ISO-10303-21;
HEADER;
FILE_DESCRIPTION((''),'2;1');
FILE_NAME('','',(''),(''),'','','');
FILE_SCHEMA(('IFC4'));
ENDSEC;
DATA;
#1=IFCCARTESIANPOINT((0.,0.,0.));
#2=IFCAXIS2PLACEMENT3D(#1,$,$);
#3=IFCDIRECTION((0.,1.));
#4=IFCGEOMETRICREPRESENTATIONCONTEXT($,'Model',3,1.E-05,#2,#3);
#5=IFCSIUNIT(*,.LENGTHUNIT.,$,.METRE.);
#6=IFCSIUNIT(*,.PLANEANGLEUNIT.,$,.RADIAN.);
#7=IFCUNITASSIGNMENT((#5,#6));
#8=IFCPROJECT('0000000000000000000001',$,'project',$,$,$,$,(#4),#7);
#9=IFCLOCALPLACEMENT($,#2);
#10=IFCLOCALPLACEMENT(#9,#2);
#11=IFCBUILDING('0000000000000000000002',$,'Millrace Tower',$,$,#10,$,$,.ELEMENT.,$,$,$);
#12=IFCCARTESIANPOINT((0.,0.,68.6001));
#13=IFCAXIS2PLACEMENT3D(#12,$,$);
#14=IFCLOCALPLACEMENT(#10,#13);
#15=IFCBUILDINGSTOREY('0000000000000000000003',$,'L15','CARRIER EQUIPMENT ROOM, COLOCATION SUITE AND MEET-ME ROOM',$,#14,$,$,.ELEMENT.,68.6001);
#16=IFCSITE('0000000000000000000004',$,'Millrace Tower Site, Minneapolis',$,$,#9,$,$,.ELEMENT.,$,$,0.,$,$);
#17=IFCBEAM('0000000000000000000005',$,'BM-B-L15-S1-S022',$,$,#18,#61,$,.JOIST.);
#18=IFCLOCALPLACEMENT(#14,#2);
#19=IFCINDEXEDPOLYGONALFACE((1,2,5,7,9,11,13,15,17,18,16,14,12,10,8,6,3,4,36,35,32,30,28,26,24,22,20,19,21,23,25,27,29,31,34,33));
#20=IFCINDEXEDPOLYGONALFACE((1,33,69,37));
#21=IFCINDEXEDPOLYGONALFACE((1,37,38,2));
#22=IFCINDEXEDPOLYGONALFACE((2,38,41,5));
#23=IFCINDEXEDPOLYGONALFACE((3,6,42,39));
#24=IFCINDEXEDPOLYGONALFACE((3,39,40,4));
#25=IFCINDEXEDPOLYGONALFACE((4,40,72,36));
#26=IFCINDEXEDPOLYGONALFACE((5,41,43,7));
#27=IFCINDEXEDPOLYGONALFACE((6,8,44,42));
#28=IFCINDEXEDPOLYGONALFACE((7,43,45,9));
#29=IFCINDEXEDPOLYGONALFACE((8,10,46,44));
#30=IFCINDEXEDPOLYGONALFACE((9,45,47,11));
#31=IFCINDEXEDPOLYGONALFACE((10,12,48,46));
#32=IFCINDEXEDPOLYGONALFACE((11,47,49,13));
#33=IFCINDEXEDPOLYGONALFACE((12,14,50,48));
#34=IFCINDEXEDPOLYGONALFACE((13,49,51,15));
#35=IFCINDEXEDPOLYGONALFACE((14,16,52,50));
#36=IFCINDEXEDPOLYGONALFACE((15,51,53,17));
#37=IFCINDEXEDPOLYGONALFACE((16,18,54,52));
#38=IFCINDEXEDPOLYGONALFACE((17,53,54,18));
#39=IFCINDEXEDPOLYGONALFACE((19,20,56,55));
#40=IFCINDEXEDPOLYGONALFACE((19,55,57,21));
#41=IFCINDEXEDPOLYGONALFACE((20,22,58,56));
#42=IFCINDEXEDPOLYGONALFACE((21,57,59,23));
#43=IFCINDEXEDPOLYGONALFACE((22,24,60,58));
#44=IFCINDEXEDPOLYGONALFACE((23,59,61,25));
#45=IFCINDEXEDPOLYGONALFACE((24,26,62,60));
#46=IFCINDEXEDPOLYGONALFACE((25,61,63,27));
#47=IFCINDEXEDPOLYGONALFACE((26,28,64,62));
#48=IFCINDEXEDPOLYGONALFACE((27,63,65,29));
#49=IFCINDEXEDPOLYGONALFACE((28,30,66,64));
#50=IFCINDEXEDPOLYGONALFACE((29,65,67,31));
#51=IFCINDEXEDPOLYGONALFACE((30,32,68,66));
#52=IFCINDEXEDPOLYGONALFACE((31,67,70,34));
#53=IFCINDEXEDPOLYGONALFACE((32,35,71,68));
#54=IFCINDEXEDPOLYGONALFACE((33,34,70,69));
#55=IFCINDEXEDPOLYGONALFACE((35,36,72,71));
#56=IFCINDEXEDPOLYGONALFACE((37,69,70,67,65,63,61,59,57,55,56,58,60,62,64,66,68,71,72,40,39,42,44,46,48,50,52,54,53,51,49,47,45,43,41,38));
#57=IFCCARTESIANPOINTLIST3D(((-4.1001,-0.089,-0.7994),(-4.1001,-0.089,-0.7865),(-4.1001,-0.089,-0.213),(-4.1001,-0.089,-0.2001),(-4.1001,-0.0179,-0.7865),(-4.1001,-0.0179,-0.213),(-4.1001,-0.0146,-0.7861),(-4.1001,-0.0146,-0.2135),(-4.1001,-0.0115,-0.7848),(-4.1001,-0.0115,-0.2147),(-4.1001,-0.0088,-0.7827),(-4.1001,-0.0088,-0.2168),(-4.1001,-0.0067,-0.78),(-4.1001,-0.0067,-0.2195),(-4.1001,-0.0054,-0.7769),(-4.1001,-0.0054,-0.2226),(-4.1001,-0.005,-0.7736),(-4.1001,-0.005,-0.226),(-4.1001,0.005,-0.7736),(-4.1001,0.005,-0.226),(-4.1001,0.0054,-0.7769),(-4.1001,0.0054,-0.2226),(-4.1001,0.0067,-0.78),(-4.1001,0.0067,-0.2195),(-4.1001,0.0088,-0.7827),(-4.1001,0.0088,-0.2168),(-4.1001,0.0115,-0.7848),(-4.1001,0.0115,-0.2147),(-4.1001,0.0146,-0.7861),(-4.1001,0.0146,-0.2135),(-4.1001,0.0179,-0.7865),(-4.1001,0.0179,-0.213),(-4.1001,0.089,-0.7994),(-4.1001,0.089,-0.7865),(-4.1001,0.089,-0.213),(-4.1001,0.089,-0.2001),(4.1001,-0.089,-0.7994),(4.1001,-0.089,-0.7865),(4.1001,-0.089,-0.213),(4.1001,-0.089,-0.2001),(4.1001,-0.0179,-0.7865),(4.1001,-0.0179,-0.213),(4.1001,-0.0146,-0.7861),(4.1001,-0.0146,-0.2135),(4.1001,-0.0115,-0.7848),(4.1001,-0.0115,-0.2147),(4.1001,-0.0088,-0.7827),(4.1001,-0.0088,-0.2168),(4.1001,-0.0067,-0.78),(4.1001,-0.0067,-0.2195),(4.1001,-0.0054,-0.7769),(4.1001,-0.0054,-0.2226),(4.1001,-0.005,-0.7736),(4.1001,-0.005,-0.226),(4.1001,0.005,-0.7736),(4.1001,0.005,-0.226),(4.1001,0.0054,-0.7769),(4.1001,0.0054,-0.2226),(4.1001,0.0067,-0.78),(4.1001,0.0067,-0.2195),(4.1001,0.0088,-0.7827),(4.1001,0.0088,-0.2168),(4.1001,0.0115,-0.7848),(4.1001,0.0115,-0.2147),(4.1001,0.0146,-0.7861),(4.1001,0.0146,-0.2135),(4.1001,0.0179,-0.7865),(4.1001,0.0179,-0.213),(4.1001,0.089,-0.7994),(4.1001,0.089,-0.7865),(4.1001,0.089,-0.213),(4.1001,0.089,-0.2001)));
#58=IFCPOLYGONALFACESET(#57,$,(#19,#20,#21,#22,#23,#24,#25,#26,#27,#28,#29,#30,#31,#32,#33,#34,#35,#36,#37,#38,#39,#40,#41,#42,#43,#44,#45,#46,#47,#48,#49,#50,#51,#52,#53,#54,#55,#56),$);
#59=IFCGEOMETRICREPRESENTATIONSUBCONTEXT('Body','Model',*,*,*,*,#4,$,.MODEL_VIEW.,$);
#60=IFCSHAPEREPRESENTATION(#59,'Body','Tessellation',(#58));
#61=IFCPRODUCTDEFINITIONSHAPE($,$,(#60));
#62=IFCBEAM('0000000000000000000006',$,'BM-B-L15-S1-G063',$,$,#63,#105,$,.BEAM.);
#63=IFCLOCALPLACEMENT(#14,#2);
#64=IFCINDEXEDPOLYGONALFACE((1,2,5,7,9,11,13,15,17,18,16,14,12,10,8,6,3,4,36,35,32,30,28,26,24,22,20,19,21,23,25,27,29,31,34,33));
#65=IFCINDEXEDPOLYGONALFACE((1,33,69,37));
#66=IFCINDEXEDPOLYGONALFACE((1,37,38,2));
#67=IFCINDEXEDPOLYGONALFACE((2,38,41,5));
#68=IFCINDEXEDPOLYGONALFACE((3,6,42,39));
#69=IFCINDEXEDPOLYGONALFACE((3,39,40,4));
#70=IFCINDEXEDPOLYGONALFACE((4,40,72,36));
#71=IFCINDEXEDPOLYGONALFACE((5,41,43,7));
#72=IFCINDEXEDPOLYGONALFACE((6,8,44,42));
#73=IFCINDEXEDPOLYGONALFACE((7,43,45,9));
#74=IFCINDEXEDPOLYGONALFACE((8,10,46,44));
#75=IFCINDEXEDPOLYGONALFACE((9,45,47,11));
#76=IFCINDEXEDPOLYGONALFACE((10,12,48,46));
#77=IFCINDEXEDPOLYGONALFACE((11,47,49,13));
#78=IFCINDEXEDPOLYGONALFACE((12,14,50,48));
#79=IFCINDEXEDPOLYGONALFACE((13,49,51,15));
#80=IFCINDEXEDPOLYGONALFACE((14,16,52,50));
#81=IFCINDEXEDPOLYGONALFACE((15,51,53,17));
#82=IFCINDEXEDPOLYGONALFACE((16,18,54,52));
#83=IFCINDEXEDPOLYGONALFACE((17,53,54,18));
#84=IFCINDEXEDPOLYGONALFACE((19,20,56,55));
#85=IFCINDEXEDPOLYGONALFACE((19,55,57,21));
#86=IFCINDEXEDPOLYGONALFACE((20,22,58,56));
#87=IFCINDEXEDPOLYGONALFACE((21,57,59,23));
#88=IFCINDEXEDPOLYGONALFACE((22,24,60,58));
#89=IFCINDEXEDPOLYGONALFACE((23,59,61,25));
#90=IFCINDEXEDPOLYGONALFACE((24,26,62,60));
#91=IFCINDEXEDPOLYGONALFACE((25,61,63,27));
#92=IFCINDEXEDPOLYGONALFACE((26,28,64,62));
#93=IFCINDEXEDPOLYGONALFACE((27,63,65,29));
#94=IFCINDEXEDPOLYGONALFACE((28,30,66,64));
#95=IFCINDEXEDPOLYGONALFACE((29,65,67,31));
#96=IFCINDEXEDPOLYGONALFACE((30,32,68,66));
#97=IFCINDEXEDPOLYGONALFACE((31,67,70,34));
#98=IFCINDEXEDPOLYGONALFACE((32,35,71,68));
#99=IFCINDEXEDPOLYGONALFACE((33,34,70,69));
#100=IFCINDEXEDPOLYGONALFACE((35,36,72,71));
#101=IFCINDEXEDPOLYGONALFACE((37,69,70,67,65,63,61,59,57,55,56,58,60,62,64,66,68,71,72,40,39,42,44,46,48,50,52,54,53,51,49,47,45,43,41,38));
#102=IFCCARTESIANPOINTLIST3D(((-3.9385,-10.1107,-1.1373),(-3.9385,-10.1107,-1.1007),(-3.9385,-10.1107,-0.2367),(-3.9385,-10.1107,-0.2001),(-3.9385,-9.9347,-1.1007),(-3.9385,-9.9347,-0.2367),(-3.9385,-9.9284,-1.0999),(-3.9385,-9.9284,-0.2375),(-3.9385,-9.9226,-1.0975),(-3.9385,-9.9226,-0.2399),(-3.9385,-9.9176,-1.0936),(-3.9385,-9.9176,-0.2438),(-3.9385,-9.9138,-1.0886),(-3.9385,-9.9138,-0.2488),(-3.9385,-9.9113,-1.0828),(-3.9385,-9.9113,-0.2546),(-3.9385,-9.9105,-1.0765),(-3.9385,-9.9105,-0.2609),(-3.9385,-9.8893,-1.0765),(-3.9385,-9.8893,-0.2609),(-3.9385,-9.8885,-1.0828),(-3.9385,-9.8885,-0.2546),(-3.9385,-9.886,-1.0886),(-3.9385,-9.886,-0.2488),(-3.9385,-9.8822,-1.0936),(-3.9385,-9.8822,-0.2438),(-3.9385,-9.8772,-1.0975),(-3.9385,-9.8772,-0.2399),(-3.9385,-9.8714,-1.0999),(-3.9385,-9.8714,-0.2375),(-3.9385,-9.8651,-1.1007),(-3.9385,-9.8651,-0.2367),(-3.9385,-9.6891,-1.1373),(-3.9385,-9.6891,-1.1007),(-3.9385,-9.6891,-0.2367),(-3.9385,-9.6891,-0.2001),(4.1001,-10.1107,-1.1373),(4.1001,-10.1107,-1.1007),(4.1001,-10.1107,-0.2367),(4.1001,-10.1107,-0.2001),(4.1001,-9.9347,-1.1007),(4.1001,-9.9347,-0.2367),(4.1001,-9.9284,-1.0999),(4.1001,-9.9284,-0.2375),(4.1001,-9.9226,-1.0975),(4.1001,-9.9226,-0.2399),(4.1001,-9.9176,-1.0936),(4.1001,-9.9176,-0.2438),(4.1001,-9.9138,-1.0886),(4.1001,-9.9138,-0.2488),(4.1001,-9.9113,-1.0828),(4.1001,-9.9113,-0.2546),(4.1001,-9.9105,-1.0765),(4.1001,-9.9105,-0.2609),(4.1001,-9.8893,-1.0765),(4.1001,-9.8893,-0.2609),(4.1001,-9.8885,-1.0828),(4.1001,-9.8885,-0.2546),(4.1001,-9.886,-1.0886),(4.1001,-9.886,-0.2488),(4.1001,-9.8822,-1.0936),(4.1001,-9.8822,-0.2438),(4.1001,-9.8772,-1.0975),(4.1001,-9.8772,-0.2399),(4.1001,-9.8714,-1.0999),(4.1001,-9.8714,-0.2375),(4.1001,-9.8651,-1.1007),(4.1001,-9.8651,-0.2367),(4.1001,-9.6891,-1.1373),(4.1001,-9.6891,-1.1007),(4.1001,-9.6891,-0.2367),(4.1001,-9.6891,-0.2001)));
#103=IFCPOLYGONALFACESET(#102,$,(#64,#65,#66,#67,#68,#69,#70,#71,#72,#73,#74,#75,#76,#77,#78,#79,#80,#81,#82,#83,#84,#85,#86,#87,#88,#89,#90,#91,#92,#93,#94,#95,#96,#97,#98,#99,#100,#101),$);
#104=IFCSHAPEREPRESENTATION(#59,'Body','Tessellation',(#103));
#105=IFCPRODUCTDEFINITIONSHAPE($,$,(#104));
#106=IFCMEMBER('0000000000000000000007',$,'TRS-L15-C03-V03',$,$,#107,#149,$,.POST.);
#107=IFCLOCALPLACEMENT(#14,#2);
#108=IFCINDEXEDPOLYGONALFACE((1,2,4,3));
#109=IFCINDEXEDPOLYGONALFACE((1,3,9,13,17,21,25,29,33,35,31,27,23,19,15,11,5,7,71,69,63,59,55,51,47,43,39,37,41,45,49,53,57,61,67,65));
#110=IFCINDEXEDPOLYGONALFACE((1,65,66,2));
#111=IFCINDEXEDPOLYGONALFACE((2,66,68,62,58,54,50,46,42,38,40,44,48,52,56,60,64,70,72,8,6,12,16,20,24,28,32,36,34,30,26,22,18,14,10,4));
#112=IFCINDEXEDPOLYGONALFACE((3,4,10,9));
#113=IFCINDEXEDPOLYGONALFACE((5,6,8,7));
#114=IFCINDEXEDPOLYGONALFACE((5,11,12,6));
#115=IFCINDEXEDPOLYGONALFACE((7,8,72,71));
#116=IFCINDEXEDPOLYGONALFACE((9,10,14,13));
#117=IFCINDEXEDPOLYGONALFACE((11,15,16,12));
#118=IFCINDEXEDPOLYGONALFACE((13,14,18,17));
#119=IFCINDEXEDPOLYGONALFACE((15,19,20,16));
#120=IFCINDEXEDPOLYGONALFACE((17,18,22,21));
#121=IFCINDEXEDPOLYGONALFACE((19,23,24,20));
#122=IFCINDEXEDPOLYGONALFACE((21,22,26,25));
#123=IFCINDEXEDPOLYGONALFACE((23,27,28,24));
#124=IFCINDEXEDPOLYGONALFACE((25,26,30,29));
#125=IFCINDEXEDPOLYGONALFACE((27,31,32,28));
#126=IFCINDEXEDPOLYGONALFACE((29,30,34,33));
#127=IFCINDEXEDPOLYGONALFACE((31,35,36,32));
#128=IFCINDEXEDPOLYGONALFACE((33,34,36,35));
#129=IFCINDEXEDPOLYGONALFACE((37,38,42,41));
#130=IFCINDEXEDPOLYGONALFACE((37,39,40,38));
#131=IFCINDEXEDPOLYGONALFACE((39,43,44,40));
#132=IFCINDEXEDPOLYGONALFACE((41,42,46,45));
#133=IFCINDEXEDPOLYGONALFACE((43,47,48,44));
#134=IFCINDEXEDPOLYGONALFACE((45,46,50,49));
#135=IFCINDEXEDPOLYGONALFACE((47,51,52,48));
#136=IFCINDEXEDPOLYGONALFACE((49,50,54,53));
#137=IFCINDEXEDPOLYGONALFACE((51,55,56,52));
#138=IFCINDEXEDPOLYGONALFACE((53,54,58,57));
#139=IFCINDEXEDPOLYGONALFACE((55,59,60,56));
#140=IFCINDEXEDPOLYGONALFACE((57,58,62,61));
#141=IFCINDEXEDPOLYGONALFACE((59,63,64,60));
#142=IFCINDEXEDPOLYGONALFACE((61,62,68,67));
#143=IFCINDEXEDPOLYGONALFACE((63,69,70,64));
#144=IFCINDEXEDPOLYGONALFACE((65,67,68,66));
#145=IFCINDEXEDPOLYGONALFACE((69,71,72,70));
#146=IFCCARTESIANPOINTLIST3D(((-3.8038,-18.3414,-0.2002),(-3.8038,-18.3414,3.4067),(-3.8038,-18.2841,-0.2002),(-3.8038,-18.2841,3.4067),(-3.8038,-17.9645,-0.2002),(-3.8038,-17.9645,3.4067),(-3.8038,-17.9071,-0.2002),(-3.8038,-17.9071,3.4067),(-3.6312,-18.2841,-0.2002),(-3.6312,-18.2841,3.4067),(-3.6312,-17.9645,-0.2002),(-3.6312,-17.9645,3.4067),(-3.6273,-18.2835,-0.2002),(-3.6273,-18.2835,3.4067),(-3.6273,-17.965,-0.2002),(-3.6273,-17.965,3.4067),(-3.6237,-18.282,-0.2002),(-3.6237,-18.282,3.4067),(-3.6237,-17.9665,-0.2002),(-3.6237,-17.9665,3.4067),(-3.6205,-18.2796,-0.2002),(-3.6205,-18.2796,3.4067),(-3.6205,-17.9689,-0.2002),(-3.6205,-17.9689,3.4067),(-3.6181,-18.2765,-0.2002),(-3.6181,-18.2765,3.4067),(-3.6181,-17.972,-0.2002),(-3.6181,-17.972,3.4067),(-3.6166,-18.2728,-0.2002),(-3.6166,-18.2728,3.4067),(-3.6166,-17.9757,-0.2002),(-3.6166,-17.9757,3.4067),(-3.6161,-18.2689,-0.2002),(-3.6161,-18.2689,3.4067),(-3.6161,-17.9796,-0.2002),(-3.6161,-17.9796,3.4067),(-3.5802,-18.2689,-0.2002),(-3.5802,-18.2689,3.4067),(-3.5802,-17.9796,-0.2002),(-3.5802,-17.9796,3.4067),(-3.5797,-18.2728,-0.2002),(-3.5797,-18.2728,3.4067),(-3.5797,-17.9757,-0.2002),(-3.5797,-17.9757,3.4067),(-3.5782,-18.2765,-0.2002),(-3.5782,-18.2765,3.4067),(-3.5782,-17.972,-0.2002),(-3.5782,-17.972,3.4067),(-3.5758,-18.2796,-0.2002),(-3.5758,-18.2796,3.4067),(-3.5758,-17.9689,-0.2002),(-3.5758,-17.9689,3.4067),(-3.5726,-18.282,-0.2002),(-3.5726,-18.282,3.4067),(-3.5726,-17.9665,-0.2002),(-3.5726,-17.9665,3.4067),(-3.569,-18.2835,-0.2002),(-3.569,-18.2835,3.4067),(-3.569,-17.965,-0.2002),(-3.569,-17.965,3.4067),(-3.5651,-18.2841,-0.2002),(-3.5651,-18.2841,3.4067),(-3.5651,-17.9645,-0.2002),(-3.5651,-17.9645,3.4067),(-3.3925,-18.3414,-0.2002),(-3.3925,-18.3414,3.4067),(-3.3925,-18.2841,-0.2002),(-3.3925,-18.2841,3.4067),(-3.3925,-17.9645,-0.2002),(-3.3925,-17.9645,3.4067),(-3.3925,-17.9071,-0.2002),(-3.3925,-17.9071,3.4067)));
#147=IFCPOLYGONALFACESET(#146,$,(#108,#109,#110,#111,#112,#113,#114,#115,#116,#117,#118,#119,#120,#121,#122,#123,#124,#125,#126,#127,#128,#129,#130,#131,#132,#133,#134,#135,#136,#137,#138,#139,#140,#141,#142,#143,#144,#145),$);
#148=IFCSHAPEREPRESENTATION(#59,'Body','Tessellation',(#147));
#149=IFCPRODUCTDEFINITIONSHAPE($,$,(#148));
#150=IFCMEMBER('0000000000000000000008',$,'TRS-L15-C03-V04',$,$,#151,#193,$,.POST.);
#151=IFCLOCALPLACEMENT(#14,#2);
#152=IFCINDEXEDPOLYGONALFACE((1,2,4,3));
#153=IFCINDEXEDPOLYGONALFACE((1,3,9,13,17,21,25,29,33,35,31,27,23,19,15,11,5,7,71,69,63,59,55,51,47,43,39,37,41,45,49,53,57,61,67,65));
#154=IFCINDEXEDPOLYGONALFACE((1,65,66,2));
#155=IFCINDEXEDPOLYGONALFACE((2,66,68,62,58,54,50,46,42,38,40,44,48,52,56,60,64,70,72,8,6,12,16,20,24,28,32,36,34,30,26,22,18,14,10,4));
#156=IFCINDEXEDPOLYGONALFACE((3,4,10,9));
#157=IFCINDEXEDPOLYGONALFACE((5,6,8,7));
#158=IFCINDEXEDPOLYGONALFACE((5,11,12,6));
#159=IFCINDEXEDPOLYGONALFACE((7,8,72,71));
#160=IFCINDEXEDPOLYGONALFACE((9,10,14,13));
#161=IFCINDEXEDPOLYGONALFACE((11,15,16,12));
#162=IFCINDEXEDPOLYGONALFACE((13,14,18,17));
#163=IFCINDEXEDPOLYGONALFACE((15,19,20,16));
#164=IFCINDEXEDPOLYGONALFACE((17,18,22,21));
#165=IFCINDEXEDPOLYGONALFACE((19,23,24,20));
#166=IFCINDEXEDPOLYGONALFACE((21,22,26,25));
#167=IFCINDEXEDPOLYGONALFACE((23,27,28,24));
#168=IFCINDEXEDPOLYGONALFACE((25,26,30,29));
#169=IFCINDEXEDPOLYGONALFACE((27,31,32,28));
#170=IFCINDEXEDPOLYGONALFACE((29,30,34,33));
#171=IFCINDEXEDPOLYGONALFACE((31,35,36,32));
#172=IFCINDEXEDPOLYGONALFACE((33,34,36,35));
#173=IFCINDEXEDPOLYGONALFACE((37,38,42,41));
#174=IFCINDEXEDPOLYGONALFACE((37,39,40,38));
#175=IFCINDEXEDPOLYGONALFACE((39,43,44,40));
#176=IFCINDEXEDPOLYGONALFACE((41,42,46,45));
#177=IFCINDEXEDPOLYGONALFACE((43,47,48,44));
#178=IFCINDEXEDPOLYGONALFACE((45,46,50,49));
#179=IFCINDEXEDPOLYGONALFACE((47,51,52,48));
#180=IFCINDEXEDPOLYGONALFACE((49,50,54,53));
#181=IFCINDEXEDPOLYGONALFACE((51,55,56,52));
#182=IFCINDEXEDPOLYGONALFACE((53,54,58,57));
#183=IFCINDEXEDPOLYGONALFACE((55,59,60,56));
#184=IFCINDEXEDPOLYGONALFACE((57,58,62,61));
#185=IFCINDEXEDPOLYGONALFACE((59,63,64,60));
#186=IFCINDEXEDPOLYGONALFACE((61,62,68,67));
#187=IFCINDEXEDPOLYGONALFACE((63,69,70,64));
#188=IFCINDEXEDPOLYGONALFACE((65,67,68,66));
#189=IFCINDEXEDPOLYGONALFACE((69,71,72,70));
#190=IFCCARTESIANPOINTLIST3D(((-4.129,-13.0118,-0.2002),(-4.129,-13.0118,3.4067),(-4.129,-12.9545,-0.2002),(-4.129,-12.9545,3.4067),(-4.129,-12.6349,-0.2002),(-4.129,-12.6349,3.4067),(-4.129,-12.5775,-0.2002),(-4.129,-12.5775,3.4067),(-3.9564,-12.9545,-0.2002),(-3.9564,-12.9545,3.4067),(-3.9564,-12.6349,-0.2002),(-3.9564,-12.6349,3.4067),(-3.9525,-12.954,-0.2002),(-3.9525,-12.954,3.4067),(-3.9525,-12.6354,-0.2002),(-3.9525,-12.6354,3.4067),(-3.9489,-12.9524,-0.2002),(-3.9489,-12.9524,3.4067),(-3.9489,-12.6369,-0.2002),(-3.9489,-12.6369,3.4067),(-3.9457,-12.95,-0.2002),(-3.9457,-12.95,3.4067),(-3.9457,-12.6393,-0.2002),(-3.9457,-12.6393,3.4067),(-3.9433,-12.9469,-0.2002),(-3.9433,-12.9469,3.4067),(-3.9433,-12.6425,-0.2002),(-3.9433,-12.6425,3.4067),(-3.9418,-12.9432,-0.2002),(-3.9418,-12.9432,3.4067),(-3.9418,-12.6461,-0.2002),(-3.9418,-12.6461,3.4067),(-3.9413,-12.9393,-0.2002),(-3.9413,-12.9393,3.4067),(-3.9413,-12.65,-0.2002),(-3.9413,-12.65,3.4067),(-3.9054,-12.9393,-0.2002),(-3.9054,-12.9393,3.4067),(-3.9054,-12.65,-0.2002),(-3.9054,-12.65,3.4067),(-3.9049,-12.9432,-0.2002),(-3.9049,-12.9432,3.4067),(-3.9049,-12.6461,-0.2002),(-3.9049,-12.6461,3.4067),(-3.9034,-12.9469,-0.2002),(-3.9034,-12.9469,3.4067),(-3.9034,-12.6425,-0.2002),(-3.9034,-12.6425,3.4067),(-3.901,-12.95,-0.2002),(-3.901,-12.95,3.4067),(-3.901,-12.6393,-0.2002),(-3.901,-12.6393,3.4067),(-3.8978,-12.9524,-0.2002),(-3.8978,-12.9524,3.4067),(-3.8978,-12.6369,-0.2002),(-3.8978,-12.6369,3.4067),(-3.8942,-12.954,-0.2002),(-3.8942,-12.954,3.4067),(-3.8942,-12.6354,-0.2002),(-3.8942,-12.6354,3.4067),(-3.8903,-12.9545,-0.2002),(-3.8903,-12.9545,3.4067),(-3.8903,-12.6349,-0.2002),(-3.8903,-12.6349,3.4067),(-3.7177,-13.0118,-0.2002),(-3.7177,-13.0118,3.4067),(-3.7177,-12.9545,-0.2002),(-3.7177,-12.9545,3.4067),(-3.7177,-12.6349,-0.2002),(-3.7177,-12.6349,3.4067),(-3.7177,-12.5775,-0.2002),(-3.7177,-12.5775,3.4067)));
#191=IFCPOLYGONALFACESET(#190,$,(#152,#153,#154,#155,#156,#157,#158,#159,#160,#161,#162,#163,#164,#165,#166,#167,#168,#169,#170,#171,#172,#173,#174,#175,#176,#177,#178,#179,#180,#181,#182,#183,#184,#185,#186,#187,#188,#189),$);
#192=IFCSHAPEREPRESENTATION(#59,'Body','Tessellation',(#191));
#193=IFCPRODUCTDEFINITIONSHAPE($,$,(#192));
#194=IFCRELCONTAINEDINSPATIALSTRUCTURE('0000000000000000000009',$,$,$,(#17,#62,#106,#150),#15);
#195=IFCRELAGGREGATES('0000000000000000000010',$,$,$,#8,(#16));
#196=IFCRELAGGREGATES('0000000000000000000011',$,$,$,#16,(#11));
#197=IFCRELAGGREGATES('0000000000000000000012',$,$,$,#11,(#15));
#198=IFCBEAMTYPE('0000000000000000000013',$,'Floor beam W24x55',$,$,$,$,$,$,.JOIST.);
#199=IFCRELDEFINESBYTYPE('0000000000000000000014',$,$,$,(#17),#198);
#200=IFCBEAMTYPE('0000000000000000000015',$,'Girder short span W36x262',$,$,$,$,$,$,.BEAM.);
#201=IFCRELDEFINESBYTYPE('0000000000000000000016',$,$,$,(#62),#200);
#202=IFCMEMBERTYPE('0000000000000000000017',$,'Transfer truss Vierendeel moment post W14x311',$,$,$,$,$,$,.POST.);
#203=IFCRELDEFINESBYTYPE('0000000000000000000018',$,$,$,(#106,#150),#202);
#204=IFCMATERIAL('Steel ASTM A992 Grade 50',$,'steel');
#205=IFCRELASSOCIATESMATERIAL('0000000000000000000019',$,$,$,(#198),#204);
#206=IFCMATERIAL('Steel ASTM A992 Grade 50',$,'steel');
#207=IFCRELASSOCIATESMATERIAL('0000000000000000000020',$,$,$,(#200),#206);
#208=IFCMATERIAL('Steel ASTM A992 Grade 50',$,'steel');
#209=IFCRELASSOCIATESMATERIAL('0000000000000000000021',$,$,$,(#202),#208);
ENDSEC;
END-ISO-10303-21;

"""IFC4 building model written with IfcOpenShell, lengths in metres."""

from ifc_helpers import new_model, si_unit, direction, frame, origin, origin_2d, place, context, subcontext, project, spatial, i_section, extrude, material, material_profile, profile_set, type_object, element, save


model = new_model("IFC4")

# Units and contexts
model_context = context("Model", 3, precision=1e-05, world=origin(), true_north=direction((0.0, 1.0)))
body_context = subcontext(model_context, "Body", "Model", "MODEL_VIEW")
ifc_project = project(units=[si_unit("LENGTHUNIT", "METRE"), si_unit("PLANEANGLEUNIT", "RADIAN")], contexts=[model_context])

# Site, building, storey
site_placement = place(None, origin())
site = spatial("IfcSite", under=ifc_project, at=site_placement, Name="Millrace Tower Site, Minneapolis", CompositionType="ELEMENT", RefElevation=0.0)
building_placement = place(site_placement, origin())
building = spatial("IfcBuilding", under=site, at=building_placement, Name="Millrace Tower", CompositionType="ELEMENT")
storey_placement = place(building_placement, frame((0.0, 0.0, 68.6001)))
storey = spatial("IfcBuildingStorey", under=building, at=storey_placement, Name="L15", Description="CARRIER EQUIPMENT ROOM, COLOCATION SUITE AND MEET-ME ROOM", CompositionType="ELEMENT", Elevation=68.6001)

# Beams
ifc_material_1 = material(Name="Steel ASTM A992 Grade 50", Category="steel")
ifc_material_profile_1 = material_profile(ifc_material_1, i_section(OverallWidth=0.178, OverallDepth=0.5994, WebThickness=0.01, FlangeThickness=0.0129, FilletRadius=0.0129, at=origin_2d()))
ifc_profile_set_1 = profile_set([ifc_material_profile_1], Name="Steel ASTM A992 Grade 50")
beam_type_1 = type_object("IfcBeamType", Name="Floor beam W24x55", PredefinedType="JOIST", material=ifc_profile_set_1)
for number, where, z_axis, x_axis, name in (
    (1, (-4.1001, 0.0, -0.4998), (1.0, 0.0, 0.0), (0.0, 1.0, 0.0), "BM-B-L15-S1-S022"),
):
    element("IfcBeam", number, at=place(storey_placement, frame(where, z_axis=z_axis, x_axis=x_axis)), inside=storey, type_object=beam_type_1, Name=name, PredefinedType="JOIST", context=body_context, shape_type="SweptSolid", body=[
        extrude(i_section(OverallWidth=0.178, OverallDepth=0.5994, WebThickness=0.01, FlangeThickness=0.0129, FilletRadius=0.0129, at=origin_2d()), origin(), (0.0, 0.0, 1.0), 8.2002),
    ])
ifc_material_2 = material(Name="Steel ASTM A992 Grade 50", Category="steel")
ifc_material_profile_2 = material_profile(ifc_material_2, i_section(OverallWidth=0.4216, OverallDepth=0.9373, WebThickness=0.0212, FlangeThickness=0.0366, FilletRadius=0.0242, at=origin_2d()))
ifc_profile_set_2 = profile_set([ifc_material_profile_2], Name="Steel ASTM A992 Grade 50")
beam_type_2 = type_object("IfcBeamType", Name="Girder short span W36x262", PredefinedType="BEAM", material=ifc_profile_set_2)
beam_1_placement = place(storey_placement, frame((-3.9385, -9.8999, -0.6687), z_axis=(1.0, 0.0, 0.0), x_axis=(0.0, 1.0, 0.0)))
element("IfcBeam", 2, at=beam_1_placement, inside=storey, type_object=beam_type_2, Name="BM-B-L15-S1-G063", PredefinedType="BEAM", context=body_context, shape_type="SweptSolid", body=[
    extrude(i_section(OverallWidth=0.4216, OverallDepth=0.9373, WebThickness=0.0212, FlangeThickness=0.0366, FilletRadius=0.0242, at=origin_2d()), origin(), (0.0, 0.0, 1.0), 8.0386),
])

# Members
ifc_material_3 = material(Name="Steel ASTM A992 Grade 50", Category="steel")
ifc_material_profile_3 = material_profile(ifc_material_3, i_section(OverallWidth=0.4114, OverallDepth=0.4343, WebThickness=0.0359, FlangeThickness=0.0574, FilletRadius=0.0151, at=origin_2d()))
ifc_profile_set_3 = profile_set([ifc_material_profile_3], Name="Steel ASTM A992 Grade 50")
member_type = type_object("IfcMemberType", Name="Transfer truss Vierendeel moment post W14x311", PredefinedType="POST", material=ifc_profile_set_3)
for number, where, z_axis, x_axis, name in (
    (3, (-3.5981, -18.1243, -0.2002), (0.0, 0.0, 1.0), (1.0, 0.0, 0.0), "TRS-L15-C03-V03"),
    (4, (-3.9233, -12.7947, -0.2002), (0.0, 0.0, 1.0), (1.0, 0.0, 0.0), "TRS-L15-C03-V04"),
):
    element("IfcMember", number, at=place(storey_placement, frame(where, z_axis=z_axis, x_axis=x_axis)), inside=storey, type_object=member_type, Name=name, PredefinedType="POST", context=body_context, shape_type="SweptSolid", body=[
        extrude(i_section(OverallWidth=0.4114, OverallDepth=0.4343, WebThickness=0.0359, FlangeThickness=0.0574, FilletRadius=0.0151, at=origin_2d()), origin(), (0.0, 0.0, 1.0), 3.6069),
    ])

save(model, "model.ifc")
